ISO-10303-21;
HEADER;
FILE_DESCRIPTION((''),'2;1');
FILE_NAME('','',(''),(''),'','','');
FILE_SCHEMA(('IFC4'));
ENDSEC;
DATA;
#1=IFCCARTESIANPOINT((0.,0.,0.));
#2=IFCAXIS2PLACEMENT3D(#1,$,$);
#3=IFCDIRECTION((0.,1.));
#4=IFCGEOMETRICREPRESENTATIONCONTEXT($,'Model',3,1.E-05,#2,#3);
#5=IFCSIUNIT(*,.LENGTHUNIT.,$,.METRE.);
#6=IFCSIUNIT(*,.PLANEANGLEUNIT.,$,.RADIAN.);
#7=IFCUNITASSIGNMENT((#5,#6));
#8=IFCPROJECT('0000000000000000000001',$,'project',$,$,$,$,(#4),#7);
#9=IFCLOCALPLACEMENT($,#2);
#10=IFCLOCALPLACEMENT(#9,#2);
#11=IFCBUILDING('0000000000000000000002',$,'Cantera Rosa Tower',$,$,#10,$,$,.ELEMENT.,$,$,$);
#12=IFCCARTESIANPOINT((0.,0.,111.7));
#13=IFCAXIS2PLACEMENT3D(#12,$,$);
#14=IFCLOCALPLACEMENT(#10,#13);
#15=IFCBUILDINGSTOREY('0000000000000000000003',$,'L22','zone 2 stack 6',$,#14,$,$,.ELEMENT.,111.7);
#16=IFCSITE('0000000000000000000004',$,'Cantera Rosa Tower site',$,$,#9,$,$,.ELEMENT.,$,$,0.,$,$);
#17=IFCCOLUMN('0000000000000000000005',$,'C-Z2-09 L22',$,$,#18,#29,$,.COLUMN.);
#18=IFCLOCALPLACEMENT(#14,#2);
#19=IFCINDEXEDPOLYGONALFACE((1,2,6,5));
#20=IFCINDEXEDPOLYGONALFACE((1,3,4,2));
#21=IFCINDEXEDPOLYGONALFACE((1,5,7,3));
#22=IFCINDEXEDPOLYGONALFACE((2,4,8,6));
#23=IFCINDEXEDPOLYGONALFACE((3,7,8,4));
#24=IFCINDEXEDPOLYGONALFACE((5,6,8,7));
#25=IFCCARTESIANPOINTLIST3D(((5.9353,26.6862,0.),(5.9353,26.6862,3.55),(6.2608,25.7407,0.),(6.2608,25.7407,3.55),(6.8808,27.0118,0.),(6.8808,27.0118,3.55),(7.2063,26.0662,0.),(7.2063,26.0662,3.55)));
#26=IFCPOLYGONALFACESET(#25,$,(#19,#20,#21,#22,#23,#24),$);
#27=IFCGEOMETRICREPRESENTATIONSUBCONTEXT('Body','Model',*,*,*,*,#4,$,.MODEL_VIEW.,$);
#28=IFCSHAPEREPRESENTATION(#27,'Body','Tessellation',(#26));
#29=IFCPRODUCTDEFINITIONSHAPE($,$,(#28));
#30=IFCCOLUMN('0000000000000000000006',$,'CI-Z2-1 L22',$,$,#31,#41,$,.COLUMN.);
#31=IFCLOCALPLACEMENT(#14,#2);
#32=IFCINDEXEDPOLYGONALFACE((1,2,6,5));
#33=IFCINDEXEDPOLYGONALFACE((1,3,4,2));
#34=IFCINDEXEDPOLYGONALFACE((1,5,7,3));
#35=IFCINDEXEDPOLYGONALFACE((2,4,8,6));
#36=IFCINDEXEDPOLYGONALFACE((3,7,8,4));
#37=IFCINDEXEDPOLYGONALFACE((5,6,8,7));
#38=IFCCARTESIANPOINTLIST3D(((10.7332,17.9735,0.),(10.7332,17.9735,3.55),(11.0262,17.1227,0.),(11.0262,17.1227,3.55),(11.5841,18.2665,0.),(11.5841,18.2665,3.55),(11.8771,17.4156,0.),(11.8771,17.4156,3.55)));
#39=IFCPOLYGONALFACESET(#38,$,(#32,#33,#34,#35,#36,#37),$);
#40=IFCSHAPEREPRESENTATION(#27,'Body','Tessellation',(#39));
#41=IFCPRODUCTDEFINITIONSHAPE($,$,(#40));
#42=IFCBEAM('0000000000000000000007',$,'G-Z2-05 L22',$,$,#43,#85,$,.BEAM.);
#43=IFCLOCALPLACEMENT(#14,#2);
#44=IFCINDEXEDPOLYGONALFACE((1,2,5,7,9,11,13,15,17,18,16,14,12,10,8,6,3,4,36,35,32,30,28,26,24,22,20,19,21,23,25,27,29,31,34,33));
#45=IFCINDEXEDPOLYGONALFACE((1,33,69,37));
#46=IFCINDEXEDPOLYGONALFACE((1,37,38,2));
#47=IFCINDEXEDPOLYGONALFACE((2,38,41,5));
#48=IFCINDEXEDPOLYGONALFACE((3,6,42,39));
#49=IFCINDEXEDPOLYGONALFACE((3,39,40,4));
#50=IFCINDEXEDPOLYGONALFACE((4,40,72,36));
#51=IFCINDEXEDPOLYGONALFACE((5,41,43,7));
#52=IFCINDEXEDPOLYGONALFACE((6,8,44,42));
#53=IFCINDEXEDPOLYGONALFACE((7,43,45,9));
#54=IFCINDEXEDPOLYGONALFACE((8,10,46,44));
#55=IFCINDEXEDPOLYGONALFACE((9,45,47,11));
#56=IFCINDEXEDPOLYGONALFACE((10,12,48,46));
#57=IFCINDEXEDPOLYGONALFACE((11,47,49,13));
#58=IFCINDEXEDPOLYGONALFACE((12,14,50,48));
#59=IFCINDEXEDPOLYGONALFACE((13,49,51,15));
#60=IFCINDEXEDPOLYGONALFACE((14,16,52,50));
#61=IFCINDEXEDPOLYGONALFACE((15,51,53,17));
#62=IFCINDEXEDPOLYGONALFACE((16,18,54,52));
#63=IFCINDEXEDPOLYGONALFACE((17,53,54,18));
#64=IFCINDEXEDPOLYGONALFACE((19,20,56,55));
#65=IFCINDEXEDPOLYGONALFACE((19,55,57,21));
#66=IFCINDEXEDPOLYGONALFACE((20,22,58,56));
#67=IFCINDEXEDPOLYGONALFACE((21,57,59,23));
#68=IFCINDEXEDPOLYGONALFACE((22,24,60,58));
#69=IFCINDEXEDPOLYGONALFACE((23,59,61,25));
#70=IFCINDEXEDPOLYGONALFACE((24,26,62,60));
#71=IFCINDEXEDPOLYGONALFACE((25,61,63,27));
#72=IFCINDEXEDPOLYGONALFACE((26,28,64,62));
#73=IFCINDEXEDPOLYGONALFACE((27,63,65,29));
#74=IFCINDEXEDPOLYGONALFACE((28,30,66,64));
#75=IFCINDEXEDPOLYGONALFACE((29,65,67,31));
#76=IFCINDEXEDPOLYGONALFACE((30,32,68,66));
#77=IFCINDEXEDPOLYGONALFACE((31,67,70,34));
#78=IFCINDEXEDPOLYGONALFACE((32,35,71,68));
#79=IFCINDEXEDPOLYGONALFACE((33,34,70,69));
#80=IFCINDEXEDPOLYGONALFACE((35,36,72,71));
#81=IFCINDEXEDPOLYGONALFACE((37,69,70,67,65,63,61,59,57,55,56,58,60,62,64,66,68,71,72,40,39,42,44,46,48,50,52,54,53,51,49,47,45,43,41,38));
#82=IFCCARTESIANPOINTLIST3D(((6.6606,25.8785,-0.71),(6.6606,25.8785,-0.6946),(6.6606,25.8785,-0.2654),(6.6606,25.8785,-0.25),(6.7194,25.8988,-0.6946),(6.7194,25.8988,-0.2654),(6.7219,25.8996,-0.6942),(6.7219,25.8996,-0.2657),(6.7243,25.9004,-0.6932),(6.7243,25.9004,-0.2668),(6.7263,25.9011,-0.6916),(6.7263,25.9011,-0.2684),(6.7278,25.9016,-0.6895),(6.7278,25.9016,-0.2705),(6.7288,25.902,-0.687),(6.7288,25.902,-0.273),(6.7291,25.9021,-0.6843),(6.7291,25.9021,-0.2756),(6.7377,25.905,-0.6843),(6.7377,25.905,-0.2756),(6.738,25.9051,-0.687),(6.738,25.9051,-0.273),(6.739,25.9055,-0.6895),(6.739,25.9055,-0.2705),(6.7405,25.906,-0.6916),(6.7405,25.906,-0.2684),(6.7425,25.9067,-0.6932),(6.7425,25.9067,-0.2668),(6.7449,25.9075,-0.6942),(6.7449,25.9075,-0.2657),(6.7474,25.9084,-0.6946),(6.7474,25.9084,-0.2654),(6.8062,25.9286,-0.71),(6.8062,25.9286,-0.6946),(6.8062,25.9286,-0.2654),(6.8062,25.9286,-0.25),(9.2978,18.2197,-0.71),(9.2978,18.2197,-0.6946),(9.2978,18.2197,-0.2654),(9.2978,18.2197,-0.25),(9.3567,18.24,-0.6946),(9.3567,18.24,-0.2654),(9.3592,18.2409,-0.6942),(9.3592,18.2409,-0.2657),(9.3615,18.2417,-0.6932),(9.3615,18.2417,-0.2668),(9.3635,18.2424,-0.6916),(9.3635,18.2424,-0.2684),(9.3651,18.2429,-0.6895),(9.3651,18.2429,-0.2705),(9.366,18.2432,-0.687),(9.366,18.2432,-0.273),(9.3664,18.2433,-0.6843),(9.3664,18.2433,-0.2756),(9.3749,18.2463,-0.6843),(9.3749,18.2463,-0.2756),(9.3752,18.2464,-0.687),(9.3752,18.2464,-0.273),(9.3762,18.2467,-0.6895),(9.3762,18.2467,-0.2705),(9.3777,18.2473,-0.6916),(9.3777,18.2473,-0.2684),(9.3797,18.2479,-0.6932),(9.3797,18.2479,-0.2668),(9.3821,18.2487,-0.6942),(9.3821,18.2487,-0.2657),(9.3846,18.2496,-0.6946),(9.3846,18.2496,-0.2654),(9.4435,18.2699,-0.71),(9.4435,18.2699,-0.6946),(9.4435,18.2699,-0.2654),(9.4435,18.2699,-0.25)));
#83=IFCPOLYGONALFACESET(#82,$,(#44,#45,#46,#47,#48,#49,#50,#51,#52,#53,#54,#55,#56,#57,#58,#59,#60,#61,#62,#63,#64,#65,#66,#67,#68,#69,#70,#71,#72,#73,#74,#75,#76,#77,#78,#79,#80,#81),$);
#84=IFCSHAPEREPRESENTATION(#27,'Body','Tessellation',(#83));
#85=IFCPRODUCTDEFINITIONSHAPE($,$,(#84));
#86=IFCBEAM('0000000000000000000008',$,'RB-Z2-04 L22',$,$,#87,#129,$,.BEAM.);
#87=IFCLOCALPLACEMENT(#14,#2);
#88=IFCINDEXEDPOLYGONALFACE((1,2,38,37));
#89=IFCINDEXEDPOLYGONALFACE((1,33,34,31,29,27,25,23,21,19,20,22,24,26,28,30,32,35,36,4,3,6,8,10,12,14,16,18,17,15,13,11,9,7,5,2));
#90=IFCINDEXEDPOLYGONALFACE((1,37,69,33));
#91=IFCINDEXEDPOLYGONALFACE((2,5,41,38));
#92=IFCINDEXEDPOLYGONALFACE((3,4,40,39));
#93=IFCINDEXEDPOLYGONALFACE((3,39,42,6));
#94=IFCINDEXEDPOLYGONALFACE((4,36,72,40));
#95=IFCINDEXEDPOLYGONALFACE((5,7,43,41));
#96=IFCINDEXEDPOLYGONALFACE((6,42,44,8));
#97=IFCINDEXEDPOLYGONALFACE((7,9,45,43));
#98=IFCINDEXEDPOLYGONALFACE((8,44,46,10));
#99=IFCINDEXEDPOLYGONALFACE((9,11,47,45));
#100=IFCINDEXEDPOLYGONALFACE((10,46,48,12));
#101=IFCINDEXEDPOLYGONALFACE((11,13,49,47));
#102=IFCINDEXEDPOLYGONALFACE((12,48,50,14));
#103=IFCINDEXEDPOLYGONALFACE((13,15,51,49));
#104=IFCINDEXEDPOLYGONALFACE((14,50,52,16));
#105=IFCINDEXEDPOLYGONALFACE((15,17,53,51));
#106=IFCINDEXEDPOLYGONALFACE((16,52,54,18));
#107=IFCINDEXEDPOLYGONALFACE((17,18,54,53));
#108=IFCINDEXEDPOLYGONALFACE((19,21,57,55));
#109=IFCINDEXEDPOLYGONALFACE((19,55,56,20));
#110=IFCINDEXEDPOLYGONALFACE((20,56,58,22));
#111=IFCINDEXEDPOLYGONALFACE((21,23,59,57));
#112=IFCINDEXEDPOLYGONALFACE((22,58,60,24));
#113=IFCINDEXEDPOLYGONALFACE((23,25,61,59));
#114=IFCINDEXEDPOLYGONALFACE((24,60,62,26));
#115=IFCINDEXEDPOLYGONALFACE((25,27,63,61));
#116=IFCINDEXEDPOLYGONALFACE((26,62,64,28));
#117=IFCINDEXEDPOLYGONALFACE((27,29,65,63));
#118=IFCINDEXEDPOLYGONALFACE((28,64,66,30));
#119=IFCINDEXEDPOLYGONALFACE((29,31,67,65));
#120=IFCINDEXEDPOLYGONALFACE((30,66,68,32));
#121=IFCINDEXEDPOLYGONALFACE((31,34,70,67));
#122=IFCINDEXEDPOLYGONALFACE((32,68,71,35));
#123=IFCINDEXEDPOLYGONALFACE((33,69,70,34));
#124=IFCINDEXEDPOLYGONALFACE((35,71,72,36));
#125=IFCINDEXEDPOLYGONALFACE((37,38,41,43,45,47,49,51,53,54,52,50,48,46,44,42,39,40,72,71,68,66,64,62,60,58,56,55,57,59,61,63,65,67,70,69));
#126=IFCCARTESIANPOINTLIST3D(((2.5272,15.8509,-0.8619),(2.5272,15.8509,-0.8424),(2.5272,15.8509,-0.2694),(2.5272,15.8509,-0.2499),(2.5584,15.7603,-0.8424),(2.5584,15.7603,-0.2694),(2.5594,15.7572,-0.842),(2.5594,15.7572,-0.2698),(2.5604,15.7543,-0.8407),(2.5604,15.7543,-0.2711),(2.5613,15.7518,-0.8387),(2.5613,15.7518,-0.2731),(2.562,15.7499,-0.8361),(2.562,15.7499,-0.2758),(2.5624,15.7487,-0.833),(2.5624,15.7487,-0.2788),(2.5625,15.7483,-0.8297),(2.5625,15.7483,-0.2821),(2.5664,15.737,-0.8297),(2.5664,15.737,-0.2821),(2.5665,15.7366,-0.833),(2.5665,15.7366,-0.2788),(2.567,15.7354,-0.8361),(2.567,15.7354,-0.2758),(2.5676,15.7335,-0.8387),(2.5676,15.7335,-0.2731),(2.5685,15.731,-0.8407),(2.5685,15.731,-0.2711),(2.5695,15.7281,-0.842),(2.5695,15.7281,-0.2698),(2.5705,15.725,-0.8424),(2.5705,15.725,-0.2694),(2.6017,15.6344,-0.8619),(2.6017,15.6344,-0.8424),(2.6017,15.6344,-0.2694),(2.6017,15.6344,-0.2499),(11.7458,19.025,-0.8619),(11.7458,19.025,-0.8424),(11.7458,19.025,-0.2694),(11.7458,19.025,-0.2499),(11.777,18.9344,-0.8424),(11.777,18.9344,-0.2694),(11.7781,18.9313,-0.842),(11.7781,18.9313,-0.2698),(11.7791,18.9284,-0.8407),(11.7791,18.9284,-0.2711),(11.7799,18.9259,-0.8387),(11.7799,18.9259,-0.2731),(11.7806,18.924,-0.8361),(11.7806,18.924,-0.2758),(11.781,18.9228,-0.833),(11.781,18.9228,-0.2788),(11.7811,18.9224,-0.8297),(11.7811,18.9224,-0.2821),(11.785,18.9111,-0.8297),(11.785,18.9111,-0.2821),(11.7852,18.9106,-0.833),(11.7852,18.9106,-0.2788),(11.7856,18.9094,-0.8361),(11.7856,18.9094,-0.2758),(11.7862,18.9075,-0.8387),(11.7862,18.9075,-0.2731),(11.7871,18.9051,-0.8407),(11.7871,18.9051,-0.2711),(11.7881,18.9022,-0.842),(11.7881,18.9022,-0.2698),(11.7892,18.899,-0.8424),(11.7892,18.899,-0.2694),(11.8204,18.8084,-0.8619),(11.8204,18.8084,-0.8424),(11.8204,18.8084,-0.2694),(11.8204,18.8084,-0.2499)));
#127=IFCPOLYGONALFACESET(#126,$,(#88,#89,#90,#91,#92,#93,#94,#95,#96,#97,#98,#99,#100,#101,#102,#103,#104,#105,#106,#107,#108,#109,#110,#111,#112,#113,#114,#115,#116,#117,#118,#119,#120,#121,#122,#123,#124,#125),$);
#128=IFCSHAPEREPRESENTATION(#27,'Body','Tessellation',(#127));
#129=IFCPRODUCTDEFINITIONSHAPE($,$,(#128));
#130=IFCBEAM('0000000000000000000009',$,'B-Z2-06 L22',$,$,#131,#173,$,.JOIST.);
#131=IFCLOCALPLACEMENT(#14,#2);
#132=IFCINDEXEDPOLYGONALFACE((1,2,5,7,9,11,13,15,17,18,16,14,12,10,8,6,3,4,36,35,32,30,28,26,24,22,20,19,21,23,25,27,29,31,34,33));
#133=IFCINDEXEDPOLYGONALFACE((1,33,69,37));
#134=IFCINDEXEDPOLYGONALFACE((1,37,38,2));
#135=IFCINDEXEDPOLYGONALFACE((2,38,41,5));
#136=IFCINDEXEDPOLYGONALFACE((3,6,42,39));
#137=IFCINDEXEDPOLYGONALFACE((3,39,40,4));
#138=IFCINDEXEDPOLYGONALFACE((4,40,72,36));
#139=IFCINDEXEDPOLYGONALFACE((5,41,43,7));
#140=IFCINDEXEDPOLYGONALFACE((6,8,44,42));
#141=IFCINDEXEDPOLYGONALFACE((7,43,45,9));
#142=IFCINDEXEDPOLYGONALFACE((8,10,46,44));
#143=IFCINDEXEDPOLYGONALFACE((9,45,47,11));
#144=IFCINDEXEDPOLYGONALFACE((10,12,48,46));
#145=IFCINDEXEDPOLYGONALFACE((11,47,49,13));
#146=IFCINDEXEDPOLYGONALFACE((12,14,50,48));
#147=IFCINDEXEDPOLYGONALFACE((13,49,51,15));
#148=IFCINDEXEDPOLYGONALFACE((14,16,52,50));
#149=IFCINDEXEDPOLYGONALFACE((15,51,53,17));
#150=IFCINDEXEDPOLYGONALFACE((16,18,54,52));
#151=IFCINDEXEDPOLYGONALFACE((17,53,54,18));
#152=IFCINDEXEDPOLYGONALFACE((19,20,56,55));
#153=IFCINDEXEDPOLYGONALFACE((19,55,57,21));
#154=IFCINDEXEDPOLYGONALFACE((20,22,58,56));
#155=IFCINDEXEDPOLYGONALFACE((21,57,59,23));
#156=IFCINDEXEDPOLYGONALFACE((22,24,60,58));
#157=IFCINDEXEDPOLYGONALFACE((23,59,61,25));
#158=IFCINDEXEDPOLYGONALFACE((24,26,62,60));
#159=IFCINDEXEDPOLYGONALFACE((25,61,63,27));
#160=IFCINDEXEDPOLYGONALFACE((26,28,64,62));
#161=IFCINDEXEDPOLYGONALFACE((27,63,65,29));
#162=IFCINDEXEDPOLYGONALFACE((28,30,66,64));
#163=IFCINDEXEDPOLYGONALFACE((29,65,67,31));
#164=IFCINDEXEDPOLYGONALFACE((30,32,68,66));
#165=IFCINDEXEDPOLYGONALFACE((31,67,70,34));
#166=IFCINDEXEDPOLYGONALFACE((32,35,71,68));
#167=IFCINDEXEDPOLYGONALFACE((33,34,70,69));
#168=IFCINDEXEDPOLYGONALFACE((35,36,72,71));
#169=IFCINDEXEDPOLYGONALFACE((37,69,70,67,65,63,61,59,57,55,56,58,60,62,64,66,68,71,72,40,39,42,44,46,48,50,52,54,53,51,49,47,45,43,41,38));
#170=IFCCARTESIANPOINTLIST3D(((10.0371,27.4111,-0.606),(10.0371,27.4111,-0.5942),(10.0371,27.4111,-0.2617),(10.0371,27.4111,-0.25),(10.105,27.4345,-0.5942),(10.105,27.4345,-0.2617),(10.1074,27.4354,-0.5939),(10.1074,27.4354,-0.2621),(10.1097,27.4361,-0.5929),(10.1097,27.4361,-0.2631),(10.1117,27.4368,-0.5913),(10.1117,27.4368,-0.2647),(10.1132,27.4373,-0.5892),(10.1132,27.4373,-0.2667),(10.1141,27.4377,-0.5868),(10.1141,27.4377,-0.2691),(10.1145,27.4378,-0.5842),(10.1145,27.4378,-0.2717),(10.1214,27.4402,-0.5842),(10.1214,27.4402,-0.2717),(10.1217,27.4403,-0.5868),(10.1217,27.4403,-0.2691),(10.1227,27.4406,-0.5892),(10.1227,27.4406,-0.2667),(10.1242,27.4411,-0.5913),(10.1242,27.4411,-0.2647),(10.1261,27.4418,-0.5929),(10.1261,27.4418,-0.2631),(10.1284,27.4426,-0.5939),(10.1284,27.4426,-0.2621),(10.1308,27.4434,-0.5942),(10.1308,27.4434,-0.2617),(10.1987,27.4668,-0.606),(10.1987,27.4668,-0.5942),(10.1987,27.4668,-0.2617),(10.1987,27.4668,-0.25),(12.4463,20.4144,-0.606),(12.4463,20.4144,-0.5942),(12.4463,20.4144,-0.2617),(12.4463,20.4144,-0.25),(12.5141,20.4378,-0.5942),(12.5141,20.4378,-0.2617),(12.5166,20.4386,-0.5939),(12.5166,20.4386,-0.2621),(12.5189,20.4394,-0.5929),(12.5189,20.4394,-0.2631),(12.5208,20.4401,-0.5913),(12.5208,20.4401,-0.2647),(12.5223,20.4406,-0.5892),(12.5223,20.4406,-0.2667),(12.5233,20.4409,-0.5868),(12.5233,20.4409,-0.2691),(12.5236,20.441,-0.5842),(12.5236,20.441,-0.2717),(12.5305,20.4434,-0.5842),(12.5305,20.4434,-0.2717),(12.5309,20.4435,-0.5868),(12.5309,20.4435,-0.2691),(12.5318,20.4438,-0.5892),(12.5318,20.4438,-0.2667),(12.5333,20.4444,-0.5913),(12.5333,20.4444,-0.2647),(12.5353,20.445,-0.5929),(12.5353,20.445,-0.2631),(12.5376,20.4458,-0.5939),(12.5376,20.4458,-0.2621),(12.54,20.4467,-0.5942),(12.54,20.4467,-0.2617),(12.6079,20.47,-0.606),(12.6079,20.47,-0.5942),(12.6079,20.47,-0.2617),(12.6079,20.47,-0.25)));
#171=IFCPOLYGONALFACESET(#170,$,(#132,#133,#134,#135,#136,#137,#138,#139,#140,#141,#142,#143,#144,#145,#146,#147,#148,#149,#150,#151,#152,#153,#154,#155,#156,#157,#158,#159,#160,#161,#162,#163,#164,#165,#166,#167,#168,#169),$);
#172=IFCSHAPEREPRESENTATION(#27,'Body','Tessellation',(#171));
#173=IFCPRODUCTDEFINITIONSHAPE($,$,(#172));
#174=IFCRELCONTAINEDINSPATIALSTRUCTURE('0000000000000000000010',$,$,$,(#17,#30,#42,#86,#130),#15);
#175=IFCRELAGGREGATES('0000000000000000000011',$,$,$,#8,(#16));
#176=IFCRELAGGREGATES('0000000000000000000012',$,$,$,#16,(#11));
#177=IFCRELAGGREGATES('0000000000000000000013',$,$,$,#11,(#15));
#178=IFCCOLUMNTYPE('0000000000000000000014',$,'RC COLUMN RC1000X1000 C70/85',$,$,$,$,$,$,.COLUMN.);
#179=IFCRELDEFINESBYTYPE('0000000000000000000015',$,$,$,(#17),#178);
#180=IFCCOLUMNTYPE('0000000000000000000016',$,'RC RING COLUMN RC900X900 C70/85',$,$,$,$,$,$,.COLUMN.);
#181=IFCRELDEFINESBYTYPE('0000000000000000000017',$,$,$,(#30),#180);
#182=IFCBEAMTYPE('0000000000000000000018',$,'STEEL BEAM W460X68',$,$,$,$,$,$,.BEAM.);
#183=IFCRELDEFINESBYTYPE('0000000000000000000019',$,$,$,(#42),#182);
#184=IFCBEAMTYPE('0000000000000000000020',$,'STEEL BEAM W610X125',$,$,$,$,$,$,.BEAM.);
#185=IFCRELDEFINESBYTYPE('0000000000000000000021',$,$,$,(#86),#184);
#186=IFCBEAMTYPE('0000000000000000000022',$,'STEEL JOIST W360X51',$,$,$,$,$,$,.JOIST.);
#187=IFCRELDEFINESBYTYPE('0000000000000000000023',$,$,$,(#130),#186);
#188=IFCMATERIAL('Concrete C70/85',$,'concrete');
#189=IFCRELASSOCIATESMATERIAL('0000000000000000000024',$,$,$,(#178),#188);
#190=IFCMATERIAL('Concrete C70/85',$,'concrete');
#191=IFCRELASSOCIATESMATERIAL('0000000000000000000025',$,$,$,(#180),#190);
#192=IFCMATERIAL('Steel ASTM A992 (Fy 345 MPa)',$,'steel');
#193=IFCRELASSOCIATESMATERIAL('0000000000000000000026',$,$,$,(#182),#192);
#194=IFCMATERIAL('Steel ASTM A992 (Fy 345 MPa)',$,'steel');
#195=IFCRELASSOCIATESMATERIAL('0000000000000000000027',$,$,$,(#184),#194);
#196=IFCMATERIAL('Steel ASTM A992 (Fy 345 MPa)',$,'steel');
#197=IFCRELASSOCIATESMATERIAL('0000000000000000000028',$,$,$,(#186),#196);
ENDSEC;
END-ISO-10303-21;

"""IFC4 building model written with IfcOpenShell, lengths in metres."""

from ifc_helpers import new_model, si_unit, direction, frame, origin, origin_2d, place, context, subcontext, project, spatial, rectangle, i_section, extrude, material, material_profile, profile_set, type_object, element, save


model = new_model("IFC4")

# Units and contexts
model_context = context("Model", 3, precision=1e-05, world=origin(), true_north=direction((0.0, 1.0)))
body_context = subcontext(model_context, "Body", "Model", "MODEL_VIEW")
ifc_project = project(units=[si_unit("LENGTHUNIT", "METRE"), si_unit("PLANEANGLEUNIT", "RADIAN")], contexts=[model_context])

# Site, building, storey
site_placement = place(None, origin())
site = spatial("IfcSite", under=ifc_project, at=site_placement, Name="Cantera Rosa Tower site", CompositionType="ELEMENT", RefElevation=0.0)
building_placement = place(site_placement, origin())
building = spatial("IfcBuilding", under=site, at=building_placement, Name="Cantera Rosa Tower", CompositionType="ELEMENT")
storey_placement = place(building_placement, frame((0.0, 0.0, 111.7)))
storey = spatial("IfcBuildingStorey", under=building, at=storey_placement, Name="L22", Description="zone 2 stack 6", CompositionType="ELEMENT", Elevation=111.7)

# Columns
ifc_material_1 = material(Name="Concrete C70/85", Category="concrete")
ifc_material_profile_1 = material_profile(ifc_material_1, rectangle(XDim=1.0, YDim=1.0, at=origin_2d()), Name="RC COLUMN RC1000X1000 C70/85")
ifc_profile_set_1 = profile_set([ifc_material_profile_1], Name="Concrete C70/85")
column_type_1 = type_object("IfcColumnType", Name="RC COLUMN RC1000X1000 C70/85", PredefinedType="COLUMN", material=ifc_profile_set_1)
column_1_placement = place(storey_placement, frame((6.5708, 26.3762, 0.0), z_axis=(0.0, 0.0, 1.0), x_axis=(0.945519, 0.325568, 0.0)))
element("IfcColumn", 1, at=column_1_placement, inside=storey, type_object=column_type_1, Name="C-Z2-09 L22", PredefinedType="COLUMN", context=body_context, shape_type="SweptSolid", body=[
    extrude(rectangle(XDim=1.0, YDim=1.0, at=origin_2d()), origin(), (0.0, 0.0, 1.0), 3.55),
])
ifc_material_2 = material(Name="Concrete C70/85", Category="concrete")
ifc_material_profile_2 = material_profile(ifc_material_2, rectangle(XDim=0.8999, YDim=0.8999, at=origin_2d()), Name="RC RING COLUMN RC900X900 C70/85")
ifc_profile_set_2 = profile_set([ifc_material_profile_2], Name="Concrete C70/85")
column_type_2 = type_object("IfcColumnType", Name="RC RING COLUMN RC900X900 C70/85", PredefinedType="COLUMN", material=ifc_profile_set_2)
column_2_placement = place(storey_placement, frame((11.3052, 17.6946, 0.0), z_axis=(0.0, 0.0, 1.0), x_axis=(0.945519, 0.325568, 0.0)))
element("IfcColumn", 2, at=column_2_placement, inside=storey, type_object=column_type_2, Name="CI-Z2-1 L22", PredefinedType="COLUMN", context=body_context, shape_type="SweptSolid", body=[
    extrude(rectangle(XDim=0.8999, YDim=0.8999, at=origin_2d()), origin(), (0.0, 0.0, 1.0), 3.55),
])

# Beams
ifc_material_3 = material(Name="Steel ASTM A992 (Fy 345 MPa)", Category="steel")
ifc_material_profile_3 = material_profile(ifc_material_3, i_section(OverallWidth=0.1541, OverallDepth=0.46, WebThickness=0.009, FlangeThickness=0.0154, FilletRadius=0.0103, at=origin_2d()), Name="W460X68")
ifc_profile_set_3 = profile_set([ifc_material_profile_3], Name="Steel ASTM A992 (Fy 345 MPa)")
beam_type_1 = type_object("IfcBeamType", Name="STEEL BEAM W460X68", PredefinedType="BEAM", material=ifc_profile_set_3)
beam_1_placement = place(storey_placement, frame((6.7334, 25.9036, -0.48), z_axis=(0.32558, -0.945514, 0.0), x_axis=(0.945514, 0.32558, 0.0)))
element("IfcBeam", 3, at=beam_1_placement, inside=storey, type_object=beam_type_1, Name="G-Z2-05 L22", PredefinedType="BEAM", context=body_context, shape_type="SweptSolid", body=[
    extrude(i_section(OverallWidth=0.1541, OverallDepth=0.46, WebThickness=0.009, FlangeThickness=0.0154, FilletRadius=0.0103, at=origin_2d()), origin(), (0.0, 0.0, 1.0), 8.1001),
])
ifc_material_4 = material(Name="Steel ASTM A992 (Fy 345 MPa)", Category="steel")
ifc_material_profile_4 = material_profile(ifc_material_4, i_section(OverallWidth=0.229, OverallDepth=0.6121, WebThickness=0.012, FlangeThickness=0.0195, FilletRadius=0.0127, at=origin_2d()), Name="W610X125")
ifc_profile_set_4 = profile_set([ifc_material_profile_4], Name="Steel ASTM A992 (Fy 345 MPa)")
beam_type_2 = type_object("IfcBeamType", Name="STEEL BEAM W610X125", PredefinedType="BEAM", material=ifc_profile_set_4)
beam_2_placement = place(storey_placement, frame((2.5645, 15.7427, -0.5559), z_axis=(0.945525, 0.32555, 0.0), x_axis=(-0.32555, 0.945525, 0.0)))
element("IfcBeam", 4, at=beam_2_placement, inside=storey, type_object=beam_type_2, Name="RB-Z2-04 L22", PredefinedType="BEAM", context=body_context, shape_type="SweptSolid", body=[
    extrude(i_section(OverallWidth=0.229, OverallDepth=0.6121, WebThickness=0.012, FlangeThickness=0.0195, FilletRadius=0.0127, at=origin_2d()), origin(), (0.0, 0.0, 1.0), 9.7498),
])
ifc_material_5 = material(Name="Steel ASTM A992 (Fy 345 MPa)", Category="steel")
ifc_material_profile_5 = material_profile(ifc_material_5, i_section(OverallWidth=0.1709, OverallDepth=0.356, WebThickness=0.0073, FlangeThickness=0.0117, FilletRadius=0.01, at=origin_2d()), Name="W360X51")
ifc_profile_set_5 = profile_set([ifc_material_profile_5], Name="Steel ASTM A992 (Fy 345 MPa)")
beam_type_3 = type_object("IfcBeamType", Name="STEEL JOIST W360X51", PredefinedType="JOIST", material=ifc_profile_set_5)
beam_3_placement = place(storey_placement, frame((10.1179, 27.439, -0.428), z_axis=(0.325566, -0.945519, 0.0), x_axis=(0.945519, 0.325566, 0.0)))
element("IfcBeam", 5, at=beam_3_placement, inside=storey, type_object=beam_type_3, Name="B-Z2-06 L22", PredefinedType="JOIST", context=body_context, shape_type="SweptSolid", body=[
    extrude(i_section(OverallWidth=0.1709, OverallDepth=0.356, WebThickness=0.0073, FlangeThickness=0.0117, FilletRadius=0.01, at=origin_2d()), origin(), (0.0, 0.0, 1.0), 7.3999),
])

save(model, "model.ifc")
